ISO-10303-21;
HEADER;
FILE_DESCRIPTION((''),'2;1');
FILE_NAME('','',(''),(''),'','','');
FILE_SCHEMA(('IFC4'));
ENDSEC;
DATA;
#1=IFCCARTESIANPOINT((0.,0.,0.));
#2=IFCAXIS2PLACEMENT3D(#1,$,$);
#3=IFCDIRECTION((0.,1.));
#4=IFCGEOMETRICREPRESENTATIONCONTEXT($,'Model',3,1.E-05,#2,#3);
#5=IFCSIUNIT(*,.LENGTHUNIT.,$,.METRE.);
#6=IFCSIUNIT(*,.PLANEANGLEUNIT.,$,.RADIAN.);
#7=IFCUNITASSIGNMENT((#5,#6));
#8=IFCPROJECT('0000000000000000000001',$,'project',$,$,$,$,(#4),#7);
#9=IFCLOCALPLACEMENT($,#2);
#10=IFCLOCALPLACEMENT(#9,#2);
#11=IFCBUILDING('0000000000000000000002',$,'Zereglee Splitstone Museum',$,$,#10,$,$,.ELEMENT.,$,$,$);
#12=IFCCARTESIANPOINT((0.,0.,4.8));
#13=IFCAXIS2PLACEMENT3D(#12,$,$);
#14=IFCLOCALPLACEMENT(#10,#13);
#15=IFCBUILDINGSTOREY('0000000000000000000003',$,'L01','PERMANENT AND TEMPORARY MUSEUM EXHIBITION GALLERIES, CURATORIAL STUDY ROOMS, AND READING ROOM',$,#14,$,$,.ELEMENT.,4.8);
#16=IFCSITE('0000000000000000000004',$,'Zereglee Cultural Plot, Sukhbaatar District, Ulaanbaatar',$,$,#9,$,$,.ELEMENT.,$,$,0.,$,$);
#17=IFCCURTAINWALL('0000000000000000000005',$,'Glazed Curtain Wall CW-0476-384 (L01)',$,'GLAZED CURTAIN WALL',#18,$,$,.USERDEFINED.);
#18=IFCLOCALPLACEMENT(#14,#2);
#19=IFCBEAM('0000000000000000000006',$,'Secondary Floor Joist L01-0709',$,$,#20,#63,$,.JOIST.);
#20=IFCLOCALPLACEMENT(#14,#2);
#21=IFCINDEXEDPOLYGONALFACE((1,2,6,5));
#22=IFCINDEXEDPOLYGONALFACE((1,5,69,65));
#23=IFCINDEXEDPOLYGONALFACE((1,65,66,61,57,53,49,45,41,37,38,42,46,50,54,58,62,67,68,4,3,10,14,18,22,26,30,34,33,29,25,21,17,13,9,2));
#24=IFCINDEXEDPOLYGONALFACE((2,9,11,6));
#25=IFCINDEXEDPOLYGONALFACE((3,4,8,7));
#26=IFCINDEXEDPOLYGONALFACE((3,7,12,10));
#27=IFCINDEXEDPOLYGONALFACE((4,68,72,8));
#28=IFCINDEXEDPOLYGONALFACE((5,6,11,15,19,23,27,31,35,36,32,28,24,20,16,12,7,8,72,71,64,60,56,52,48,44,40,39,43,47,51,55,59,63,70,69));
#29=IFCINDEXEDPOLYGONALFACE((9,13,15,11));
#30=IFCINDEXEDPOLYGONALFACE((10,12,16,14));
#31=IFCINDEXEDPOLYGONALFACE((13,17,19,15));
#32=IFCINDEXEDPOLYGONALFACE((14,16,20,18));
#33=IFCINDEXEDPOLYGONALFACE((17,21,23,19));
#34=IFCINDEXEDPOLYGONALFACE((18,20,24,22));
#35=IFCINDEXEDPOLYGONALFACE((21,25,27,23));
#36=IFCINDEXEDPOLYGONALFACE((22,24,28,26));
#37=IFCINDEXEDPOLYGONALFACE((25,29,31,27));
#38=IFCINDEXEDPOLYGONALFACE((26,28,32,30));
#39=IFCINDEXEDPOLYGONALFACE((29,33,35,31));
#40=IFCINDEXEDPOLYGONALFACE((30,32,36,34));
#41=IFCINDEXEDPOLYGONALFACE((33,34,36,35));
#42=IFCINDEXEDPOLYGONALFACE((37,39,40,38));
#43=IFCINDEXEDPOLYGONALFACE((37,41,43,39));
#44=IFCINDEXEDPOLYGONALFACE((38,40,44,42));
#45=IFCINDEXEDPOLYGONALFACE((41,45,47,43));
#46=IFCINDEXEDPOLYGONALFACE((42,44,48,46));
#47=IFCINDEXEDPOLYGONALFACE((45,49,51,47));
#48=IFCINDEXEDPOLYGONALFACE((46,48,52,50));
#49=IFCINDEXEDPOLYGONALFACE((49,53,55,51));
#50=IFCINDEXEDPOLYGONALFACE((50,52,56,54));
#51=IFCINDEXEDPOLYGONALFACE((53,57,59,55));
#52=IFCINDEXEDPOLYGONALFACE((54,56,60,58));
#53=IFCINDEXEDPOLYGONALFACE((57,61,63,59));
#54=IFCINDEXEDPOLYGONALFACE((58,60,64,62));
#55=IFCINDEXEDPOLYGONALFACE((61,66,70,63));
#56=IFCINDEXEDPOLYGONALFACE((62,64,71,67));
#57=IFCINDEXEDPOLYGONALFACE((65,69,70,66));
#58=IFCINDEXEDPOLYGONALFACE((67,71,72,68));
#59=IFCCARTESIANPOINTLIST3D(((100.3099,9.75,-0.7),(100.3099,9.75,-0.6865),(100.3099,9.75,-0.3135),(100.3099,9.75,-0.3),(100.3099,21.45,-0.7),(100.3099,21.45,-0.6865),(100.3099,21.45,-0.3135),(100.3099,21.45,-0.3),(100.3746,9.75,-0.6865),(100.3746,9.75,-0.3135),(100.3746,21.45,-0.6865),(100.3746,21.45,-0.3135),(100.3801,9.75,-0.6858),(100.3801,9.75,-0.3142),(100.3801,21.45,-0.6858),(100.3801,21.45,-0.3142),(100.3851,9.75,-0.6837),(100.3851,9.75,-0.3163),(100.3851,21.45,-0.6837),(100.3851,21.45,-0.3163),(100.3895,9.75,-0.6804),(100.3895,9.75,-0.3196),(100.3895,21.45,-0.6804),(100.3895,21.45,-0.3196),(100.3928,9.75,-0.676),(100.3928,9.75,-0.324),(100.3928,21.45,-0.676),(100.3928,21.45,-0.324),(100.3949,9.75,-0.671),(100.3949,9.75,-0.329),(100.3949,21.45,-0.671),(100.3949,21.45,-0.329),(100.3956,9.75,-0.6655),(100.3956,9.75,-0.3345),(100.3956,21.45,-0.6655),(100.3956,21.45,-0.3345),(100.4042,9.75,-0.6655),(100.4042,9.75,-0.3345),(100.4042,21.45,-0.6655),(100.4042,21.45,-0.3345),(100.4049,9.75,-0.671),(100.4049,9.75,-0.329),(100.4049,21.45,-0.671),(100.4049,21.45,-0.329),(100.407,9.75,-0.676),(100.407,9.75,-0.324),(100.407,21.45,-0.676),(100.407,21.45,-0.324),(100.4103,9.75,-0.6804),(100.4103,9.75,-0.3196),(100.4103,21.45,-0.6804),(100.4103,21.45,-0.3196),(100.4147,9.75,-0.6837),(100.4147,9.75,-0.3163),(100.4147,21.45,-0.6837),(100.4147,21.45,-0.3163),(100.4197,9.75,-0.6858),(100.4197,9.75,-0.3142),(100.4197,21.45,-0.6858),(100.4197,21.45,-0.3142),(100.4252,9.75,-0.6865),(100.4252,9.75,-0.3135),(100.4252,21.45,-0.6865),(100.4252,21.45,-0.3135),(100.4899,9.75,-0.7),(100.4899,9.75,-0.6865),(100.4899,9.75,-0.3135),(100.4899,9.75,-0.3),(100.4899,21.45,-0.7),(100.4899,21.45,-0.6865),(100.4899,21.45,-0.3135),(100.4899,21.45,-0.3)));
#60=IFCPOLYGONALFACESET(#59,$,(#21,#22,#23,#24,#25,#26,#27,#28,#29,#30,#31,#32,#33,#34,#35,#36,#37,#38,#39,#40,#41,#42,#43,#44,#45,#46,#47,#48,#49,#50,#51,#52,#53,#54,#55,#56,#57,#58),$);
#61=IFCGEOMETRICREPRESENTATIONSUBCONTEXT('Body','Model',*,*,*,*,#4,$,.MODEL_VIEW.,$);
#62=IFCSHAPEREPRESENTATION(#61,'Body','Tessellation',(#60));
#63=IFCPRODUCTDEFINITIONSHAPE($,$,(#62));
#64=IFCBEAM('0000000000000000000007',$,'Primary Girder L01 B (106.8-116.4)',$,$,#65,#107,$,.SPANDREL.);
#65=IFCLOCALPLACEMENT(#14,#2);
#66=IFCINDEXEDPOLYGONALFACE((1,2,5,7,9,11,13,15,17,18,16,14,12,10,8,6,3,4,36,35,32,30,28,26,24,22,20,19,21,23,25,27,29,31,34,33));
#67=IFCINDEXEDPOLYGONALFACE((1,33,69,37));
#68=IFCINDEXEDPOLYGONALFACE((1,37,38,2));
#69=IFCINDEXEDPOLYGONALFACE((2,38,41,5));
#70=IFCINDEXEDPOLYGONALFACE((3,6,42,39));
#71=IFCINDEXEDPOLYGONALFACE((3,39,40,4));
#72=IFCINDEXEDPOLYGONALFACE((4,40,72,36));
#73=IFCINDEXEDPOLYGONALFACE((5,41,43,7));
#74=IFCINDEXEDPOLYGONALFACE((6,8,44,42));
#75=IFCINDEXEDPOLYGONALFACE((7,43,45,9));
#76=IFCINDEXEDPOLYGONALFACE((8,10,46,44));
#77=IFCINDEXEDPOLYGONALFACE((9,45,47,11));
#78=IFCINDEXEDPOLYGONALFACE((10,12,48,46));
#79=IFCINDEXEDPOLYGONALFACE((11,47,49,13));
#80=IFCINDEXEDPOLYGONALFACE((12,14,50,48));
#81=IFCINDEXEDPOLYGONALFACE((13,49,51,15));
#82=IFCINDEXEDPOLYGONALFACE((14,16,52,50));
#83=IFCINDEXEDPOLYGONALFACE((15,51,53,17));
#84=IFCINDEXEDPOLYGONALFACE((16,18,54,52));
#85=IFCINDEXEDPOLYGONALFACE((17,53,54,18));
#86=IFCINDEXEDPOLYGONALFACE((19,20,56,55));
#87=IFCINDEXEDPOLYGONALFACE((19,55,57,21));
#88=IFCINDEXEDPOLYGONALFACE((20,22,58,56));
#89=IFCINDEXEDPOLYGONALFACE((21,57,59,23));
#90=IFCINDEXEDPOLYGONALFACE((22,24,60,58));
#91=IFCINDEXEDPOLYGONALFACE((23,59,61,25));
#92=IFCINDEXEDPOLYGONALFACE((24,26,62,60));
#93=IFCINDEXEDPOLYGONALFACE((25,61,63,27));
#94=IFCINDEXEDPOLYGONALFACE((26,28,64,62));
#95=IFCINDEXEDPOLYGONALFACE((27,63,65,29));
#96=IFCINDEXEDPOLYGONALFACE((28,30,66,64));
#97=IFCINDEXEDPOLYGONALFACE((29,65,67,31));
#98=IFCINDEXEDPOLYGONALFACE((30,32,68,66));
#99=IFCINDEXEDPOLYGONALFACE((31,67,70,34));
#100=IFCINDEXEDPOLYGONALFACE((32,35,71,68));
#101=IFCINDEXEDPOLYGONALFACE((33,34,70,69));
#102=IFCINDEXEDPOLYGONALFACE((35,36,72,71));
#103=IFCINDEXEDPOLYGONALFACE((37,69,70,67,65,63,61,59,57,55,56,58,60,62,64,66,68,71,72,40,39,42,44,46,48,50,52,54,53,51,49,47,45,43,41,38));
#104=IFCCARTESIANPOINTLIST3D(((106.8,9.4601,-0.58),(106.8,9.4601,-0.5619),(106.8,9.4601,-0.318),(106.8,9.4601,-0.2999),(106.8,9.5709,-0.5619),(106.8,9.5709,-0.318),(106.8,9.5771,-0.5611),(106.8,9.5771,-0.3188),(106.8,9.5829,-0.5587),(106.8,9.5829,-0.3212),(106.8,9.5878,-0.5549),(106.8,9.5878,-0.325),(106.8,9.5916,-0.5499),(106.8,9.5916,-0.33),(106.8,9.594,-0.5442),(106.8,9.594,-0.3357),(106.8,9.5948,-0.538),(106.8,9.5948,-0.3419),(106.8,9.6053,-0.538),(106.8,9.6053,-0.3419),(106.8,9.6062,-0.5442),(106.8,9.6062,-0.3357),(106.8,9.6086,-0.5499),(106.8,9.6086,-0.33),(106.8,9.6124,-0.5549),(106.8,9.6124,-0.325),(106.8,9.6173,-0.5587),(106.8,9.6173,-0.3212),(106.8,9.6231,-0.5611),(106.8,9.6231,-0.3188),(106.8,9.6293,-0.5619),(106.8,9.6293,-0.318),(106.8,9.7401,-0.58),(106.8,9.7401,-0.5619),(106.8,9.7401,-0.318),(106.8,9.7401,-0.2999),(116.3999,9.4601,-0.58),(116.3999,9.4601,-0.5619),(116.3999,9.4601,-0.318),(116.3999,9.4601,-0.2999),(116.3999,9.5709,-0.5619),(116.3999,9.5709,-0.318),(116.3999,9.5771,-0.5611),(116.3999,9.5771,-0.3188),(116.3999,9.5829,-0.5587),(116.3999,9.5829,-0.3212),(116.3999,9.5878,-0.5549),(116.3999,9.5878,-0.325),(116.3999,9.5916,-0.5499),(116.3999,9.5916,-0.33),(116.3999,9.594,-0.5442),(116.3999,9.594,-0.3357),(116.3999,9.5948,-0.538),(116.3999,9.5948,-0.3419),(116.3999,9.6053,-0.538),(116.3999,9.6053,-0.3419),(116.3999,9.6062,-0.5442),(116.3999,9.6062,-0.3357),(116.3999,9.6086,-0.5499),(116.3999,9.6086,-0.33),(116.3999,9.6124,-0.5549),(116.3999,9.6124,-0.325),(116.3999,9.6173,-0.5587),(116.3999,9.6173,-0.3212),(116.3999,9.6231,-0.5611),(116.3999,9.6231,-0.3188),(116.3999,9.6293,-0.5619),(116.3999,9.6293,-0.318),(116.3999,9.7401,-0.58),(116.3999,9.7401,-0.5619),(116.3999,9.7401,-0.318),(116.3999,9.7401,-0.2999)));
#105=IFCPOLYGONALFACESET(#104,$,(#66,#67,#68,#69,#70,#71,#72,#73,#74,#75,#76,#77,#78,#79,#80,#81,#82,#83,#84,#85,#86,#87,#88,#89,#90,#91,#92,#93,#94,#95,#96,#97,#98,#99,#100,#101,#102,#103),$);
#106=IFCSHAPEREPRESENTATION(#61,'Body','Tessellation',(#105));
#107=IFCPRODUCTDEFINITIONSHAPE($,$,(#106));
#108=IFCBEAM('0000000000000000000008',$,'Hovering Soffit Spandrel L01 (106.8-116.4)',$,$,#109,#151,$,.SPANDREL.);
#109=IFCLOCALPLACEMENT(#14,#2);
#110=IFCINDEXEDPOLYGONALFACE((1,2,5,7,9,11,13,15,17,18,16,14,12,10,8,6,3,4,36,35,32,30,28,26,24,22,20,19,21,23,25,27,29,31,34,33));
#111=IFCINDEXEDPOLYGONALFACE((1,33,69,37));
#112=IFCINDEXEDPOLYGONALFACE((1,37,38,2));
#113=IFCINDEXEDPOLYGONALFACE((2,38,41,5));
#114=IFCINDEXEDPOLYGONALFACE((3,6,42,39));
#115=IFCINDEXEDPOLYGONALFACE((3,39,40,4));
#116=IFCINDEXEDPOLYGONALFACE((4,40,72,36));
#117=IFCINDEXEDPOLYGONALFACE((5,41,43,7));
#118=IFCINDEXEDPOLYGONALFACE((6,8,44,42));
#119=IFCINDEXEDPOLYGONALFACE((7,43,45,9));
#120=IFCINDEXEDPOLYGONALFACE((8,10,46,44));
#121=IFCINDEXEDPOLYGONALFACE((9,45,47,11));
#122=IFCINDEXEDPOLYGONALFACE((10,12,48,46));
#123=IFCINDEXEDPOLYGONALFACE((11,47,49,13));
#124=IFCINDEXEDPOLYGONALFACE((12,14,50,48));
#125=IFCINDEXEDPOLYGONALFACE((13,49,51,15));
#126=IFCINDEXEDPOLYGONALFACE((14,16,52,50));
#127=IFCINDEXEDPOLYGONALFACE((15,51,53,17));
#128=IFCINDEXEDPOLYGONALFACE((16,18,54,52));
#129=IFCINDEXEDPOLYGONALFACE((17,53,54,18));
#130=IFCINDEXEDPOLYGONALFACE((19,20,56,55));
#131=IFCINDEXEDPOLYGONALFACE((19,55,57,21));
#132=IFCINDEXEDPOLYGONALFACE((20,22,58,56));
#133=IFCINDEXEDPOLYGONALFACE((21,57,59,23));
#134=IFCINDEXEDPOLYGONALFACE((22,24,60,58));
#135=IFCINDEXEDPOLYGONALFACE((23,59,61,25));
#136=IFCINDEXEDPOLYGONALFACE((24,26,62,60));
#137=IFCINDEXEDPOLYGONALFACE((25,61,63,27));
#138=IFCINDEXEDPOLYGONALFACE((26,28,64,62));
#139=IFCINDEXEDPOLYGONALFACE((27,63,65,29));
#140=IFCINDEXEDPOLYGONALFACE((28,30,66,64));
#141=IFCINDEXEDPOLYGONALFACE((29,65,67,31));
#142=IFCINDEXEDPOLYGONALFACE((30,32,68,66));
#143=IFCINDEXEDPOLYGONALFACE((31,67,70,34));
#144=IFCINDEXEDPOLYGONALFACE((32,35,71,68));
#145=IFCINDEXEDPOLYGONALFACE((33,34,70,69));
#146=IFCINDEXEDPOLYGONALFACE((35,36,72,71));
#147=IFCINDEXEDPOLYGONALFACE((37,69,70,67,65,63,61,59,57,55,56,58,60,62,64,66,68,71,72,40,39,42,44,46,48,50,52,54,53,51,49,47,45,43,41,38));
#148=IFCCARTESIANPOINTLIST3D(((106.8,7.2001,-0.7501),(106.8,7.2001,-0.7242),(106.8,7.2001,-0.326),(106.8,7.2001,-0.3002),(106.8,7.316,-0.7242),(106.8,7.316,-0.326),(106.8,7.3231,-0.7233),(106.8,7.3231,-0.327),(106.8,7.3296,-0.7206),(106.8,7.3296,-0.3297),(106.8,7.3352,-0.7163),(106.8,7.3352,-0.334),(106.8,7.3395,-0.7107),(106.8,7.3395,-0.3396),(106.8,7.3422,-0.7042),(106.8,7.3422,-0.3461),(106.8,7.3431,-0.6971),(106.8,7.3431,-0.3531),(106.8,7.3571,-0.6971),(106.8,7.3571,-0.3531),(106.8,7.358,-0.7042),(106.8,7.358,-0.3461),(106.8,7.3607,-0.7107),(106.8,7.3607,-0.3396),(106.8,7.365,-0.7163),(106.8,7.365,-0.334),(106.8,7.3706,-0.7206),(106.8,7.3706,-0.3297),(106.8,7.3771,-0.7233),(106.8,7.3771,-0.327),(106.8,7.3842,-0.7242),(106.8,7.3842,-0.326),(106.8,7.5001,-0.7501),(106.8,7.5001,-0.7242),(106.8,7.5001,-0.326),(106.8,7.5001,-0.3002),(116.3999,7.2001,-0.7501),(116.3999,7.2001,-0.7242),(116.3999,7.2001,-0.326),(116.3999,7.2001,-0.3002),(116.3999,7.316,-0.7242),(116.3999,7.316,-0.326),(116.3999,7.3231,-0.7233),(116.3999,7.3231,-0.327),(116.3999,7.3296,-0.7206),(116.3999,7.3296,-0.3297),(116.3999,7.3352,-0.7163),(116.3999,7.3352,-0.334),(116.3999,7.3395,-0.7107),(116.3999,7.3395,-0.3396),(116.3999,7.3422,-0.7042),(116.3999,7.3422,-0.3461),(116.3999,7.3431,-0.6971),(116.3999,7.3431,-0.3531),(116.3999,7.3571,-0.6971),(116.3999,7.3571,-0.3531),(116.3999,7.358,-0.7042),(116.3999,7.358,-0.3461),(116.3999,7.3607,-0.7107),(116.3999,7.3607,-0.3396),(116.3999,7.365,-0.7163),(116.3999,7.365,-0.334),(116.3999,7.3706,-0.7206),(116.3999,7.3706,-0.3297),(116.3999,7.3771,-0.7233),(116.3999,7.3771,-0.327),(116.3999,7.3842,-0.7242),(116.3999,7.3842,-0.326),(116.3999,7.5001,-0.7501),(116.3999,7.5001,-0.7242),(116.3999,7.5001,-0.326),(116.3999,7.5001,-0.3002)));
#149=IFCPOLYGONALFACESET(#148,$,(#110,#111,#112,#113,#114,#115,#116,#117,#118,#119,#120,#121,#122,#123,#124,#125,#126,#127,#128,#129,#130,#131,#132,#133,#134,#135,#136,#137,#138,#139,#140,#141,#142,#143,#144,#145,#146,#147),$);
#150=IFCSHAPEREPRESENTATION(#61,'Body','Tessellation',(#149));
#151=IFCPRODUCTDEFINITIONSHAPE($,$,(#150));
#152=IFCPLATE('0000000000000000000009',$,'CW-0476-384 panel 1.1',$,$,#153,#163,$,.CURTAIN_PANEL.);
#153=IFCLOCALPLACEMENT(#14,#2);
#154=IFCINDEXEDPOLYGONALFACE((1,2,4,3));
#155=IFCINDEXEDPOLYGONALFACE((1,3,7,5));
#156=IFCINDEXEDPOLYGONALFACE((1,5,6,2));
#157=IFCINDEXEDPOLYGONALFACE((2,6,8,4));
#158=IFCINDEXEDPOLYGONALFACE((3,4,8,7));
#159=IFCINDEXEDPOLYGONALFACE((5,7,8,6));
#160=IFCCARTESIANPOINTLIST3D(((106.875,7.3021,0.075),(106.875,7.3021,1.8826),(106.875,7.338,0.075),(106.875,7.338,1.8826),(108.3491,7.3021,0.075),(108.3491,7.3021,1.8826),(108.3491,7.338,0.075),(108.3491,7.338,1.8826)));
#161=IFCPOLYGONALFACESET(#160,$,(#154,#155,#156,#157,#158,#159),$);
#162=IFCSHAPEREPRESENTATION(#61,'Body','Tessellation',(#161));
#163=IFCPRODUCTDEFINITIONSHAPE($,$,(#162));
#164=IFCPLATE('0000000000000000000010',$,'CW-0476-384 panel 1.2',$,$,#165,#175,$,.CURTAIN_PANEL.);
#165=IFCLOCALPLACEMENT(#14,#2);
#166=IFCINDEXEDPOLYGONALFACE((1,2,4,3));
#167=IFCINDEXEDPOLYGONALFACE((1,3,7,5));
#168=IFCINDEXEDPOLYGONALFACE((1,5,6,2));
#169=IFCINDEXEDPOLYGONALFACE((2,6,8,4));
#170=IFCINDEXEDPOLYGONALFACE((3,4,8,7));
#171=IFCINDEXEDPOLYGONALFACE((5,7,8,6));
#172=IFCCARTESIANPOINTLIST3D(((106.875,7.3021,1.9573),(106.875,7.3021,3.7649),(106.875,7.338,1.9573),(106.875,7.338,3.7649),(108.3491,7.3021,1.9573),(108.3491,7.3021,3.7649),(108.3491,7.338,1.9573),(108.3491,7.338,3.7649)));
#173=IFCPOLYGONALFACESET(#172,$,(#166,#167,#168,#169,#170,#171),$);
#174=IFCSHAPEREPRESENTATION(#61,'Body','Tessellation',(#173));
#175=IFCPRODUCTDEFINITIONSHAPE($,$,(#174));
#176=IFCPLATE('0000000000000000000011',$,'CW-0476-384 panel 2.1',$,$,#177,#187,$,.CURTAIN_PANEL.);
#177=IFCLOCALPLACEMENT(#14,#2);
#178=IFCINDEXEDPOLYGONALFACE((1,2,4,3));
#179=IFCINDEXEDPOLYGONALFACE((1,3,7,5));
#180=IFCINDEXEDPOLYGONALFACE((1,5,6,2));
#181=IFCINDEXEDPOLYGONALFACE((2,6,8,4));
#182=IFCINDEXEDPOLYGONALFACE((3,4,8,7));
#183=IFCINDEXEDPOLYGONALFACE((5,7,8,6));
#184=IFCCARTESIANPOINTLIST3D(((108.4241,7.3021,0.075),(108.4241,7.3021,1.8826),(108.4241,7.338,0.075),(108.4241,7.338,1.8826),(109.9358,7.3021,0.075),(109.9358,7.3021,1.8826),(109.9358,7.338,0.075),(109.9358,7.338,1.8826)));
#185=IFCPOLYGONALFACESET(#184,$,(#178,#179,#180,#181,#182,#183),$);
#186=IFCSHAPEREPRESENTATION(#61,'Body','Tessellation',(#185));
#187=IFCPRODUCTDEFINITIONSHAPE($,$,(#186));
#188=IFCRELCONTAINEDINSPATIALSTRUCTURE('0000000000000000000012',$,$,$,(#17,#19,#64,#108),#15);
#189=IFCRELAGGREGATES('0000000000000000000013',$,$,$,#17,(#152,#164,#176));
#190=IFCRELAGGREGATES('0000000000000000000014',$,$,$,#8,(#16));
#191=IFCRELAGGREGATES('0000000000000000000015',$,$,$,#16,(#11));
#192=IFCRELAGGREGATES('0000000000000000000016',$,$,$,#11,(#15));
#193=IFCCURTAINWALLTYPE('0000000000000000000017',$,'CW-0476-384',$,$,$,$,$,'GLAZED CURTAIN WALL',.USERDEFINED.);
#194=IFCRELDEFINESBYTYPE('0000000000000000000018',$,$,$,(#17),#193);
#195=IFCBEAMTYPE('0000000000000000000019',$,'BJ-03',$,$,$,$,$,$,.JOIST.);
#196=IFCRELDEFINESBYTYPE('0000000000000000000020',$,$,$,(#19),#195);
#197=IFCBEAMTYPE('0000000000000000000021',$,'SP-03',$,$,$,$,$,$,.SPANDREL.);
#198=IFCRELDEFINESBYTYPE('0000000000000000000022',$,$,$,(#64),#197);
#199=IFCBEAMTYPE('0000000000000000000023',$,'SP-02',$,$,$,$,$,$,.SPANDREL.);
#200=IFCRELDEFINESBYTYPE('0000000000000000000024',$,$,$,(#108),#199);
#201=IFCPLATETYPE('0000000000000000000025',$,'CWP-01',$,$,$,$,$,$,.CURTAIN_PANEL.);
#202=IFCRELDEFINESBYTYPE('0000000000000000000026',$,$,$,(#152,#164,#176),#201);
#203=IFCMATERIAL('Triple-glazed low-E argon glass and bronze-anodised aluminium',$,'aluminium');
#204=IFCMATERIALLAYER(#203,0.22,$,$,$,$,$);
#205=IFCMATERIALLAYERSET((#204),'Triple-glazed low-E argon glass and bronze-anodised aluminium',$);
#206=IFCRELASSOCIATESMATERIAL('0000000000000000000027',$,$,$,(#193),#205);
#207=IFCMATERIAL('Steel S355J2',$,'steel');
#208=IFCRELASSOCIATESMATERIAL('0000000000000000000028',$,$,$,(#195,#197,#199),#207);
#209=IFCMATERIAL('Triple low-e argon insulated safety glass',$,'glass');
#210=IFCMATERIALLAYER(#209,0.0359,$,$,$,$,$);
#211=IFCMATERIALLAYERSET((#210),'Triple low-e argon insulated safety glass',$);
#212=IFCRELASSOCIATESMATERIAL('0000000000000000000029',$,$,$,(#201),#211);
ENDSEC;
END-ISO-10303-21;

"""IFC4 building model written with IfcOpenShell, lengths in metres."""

from ifc_helpers import new_model, si_unit, direction, frame, origin, origin_2d, place, context, subcontext, project, spatial, rectangle, i_section, extrude, material, layer, layer_set, material_profile, profile_set, type_object, element, aggregate, save


model = new_model("IFC4")

# Units and contexts
model_context = context("Model", 3, precision=1e-05, world=origin(), true_north=direction((0.0, 1.0)))
body_context = subcontext(model_context, "Body", "Model", "MODEL_VIEW")
ifc_project = project(units=[si_unit("LENGTHUNIT", "METRE"), si_unit("PLANEANGLEUNIT", "RADIAN")], contexts=[model_context])

# Site, building, storey
site_placement = place(None, origin())
site = spatial("IfcSite", under=ifc_project, at=site_placement, Name="Zereglee Cultural Plot, Sukhbaatar District, Ulaanbaatar", CompositionType="ELEMENT", RefElevation=0.0)
building_placement = place(site_placement, origin())
building = spatial("IfcBuilding", under=site, at=building_placement, Name="Zereglee Splitstone Museum", CompositionType="ELEMENT")
storey_placement = place(building_placement, frame((0.0, 0.0, 4.8)))
storey = spatial("IfcBuildingStorey", under=building, at=storey_placement, Name="L01", Description="PERMANENT AND TEMPORARY MUSEUM EXHIBITION GALLERIES, CURATORIAL STUDY ROOMS, AND READING ROOM", CompositionType="ELEMENT", Elevation=4.8)

# Shared definitions
ifc_material_1 = material(Name="Steel S355J2", Category="steel")

# Curtain wall
ifc_material_2 = material(Name="Triple-glazed low-E argon glass and bronze-anodised aluminium", Category="aluminium")
ifc_layer_1 = layer(ifc_material_2, 0.22)
ifc_layer_set_1 = layer_set([ifc_layer_1], Name="Triple-glazed low-E argon glass and bronze-anodised aluminium")
curtain_wall_type_1 = type_object("IfcCurtainWallType", Name="CW-0476-384", ElementType="GLAZED CURTAIN WALL", PredefinedType="USERDEFINED", material=ifc_layer_set_1)
curtain_wall_1_placement = place(storey_placement, origin())
curtain_wall_1 = element("IfcCurtainWall", 1, at=curtain_wall_1_placement, inside=storey, type_object=curtain_wall_type_1, Name="Glazed Curtain Wall CW-0476-384 (L01)", ObjectType="GLAZED CURTAIN WALL", PredefinedType="USERDEFINED")

# Beams
ifc_material_profile_1 = material_profile(ifc_material_1, i_section(OverallWidth=0.1799, OverallDepth=0.3999, WebThickness=0.0085, FlangeThickness=0.0134, FilletRadius=0.021, at=origin_2d()), Name="IPE 400")
ifc_profile_set_1 = profile_set([ifc_material_profile_1], Name="Steel S355J2")
beam_type_1 = type_object("IfcBeamType", Name="BJ-03", PredefinedType="JOIST", material=ifc_profile_set_1)
beam_1_placement = place(storey_placement, frame((100.3999, 9.75, -0.5), z_axis=(0.0, 1.0, 0.0), x_axis=(-1.0, 0.0, 0.0)))
element("IfcBeam", 2, at=beam_1_placement, inside=storey, type_object=beam_type_1, Name="Secondary Floor Joist L01-0709", PredefinedType="JOIST", context=body_context, shape_type="SweptSolid", body=[
    extrude(i_section(OverallWidth=0.1799, OverallDepth=0.3999, WebThickness=0.0085, FlangeThickness=0.0134, FilletRadius=0.021, at=origin_2d()), origin(), (0.0, 0.0, 1.0), 11.7),
])
ifc_material_profile_2 = material_profile(ifc_material_1, i_section(OverallWidth=0.28, OverallDepth=0.28, WebThickness=0.0105, FlangeThickness=0.0181, FilletRadius=0.0239, at=origin_2d()), Name="HE 280 B")
ifc_profile_set_2 = profile_set([ifc_material_profile_2], Name="Steel S355J2")
beam_type_2 = type_object("IfcBeamType", Name="SP-03", PredefinedType="SPANDREL", material=ifc_profile_set_2)
beam_2_placement = place(storey_placement, frame((106.8, 9.6001, -0.4399), z_axis=(1.0, 0.0, 0.0), x_axis=(0.0, 1.0, 0.0)))
element("IfcBeam", 3, at=beam_2_placement, inside=storey, type_object=beam_type_2, Name="Primary Girder L01 B (106.8-116.4)", PredefinedType="SPANDREL", context=body_context, shape_type="SweptSolid", body=[
    extrude(i_section(OverallWidth=0.28, OverallDepth=0.28, WebThickness=0.0105, FlangeThickness=0.0181, FilletRadius=0.0239, at=origin_2d()), origin(), (0.0, 0.0, 1.0), 9.5999),
])
ifc_material_profile_3 = material_profile(ifc_material_1, i_section(OverallWidth=0.3, OverallDepth=0.45, WebThickness=0.0139, FlangeThickness=0.0259, FilletRadius=0.0271, at=origin_2d()), Name="HE 450 B")
ifc_profile_set_3 = profile_set([ifc_material_profile_3], Name="Steel S355J2")
beam_type_3 = type_object("IfcBeamType", Name="SP-02", PredefinedType="SPANDREL", material=ifc_profile_set_3)
beam_3_placement = place(storey_placement, frame((106.8, 7.3501, -0.5251), z_axis=(1.0, 0.0, 0.0), x_axis=(0.0, 1.0, 0.0)))
element("IfcBeam", 4, at=beam_3_placement, inside=storey, type_object=beam_type_3, Name="Hovering Soffit Spandrel L01 (106.8-116.4)", PredefinedType="SPANDREL", context=body_context, shape_type="SweptSolid", body=[
    extrude(i_section(OverallWidth=0.3, OverallDepth=0.45, WebThickness=0.0139, FlangeThickness=0.0259, FilletRadius=0.0271, at=origin_2d()), origin(), (0.0, 0.0, 1.0), 9.5999),
])

# Plates
ifc_material_3 = material(Name="Triple low-e argon insulated safety glass", Category="glass")
ifc_layer_2 = layer(ifc_material_3, 0.0359)
ifc_layer_set_2 = layer_set([ifc_layer_2], Name="Triple low-e argon insulated safety glass")
plate_type = type_object("IfcPlateType", Name="CWP-01", PredefinedType="CURTAIN_PANEL", material=ifc_layer_set_2)
plate_1_placement = place(storey_placement, frame((107.6121, 7.3201, 0.075), z_axis=(0.0, 0.0, 1.0), x_axis=(1.0, 0.0, 0.0)))
plate_1 = element("IfcPlate", 5, at=plate_1_placement, type_object=plate_type, Name="CW-0476-384 panel 1.1", PredefinedType="CURTAIN_PANEL", context=body_context, shape_type="SweptSolid", body=[
    extrude(rectangle(XDim=1.4741, YDim=0.0359, at=origin_2d()), origin(), (0.0, 0.0, 1.0), 1.8076),
])
plate_2_placement = place(storey_placement, frame((107.6121, 7.3201, 1.9573), z_axis=(0.0, 0.0, 1.0), x_axis=(1.0, 0.0, 0.0)))
plate_2 = element("IfcPlate", 6, at=plate_2_placement, type_object=plate_type, Name="CW-0476-384 panel 1.2", PredefinedType="CURTAIN_PANEL", context=body_context, shape_type="SweptSolid", body=[
    extrude(rectangle(XDim=1.4741, YDim=0.0359, at=origin_2d()), origin(), (0.0, 0.0, 1.0), 1.8076),
])
plate_3_placement = place(storey_placement, frame((109.1799, 7.3201, 0.075), z_axis=(0.0, 0.0, 1.0), x_axis=(1.0, 0.0, 0.0)))
plate_3 = element("IfcPlate", 7, at=plate_3_placement, type_object=plate_type, Name="CW-0476-384 panel 2.1", PredefinedType="CURTAIN_PANEL", context=body_context, shape_type="SweptSolid", body=[
    extrude(rectangle(XDim=1.5117, YDim=0.0359, at=origin_2d()), origin(), (0.0, 0.0, 1.0), 1.8076),
])
aggregate(curtain_wall_1, [plate_1, plate_2, plate_3])

save(model, "model.ifc")
